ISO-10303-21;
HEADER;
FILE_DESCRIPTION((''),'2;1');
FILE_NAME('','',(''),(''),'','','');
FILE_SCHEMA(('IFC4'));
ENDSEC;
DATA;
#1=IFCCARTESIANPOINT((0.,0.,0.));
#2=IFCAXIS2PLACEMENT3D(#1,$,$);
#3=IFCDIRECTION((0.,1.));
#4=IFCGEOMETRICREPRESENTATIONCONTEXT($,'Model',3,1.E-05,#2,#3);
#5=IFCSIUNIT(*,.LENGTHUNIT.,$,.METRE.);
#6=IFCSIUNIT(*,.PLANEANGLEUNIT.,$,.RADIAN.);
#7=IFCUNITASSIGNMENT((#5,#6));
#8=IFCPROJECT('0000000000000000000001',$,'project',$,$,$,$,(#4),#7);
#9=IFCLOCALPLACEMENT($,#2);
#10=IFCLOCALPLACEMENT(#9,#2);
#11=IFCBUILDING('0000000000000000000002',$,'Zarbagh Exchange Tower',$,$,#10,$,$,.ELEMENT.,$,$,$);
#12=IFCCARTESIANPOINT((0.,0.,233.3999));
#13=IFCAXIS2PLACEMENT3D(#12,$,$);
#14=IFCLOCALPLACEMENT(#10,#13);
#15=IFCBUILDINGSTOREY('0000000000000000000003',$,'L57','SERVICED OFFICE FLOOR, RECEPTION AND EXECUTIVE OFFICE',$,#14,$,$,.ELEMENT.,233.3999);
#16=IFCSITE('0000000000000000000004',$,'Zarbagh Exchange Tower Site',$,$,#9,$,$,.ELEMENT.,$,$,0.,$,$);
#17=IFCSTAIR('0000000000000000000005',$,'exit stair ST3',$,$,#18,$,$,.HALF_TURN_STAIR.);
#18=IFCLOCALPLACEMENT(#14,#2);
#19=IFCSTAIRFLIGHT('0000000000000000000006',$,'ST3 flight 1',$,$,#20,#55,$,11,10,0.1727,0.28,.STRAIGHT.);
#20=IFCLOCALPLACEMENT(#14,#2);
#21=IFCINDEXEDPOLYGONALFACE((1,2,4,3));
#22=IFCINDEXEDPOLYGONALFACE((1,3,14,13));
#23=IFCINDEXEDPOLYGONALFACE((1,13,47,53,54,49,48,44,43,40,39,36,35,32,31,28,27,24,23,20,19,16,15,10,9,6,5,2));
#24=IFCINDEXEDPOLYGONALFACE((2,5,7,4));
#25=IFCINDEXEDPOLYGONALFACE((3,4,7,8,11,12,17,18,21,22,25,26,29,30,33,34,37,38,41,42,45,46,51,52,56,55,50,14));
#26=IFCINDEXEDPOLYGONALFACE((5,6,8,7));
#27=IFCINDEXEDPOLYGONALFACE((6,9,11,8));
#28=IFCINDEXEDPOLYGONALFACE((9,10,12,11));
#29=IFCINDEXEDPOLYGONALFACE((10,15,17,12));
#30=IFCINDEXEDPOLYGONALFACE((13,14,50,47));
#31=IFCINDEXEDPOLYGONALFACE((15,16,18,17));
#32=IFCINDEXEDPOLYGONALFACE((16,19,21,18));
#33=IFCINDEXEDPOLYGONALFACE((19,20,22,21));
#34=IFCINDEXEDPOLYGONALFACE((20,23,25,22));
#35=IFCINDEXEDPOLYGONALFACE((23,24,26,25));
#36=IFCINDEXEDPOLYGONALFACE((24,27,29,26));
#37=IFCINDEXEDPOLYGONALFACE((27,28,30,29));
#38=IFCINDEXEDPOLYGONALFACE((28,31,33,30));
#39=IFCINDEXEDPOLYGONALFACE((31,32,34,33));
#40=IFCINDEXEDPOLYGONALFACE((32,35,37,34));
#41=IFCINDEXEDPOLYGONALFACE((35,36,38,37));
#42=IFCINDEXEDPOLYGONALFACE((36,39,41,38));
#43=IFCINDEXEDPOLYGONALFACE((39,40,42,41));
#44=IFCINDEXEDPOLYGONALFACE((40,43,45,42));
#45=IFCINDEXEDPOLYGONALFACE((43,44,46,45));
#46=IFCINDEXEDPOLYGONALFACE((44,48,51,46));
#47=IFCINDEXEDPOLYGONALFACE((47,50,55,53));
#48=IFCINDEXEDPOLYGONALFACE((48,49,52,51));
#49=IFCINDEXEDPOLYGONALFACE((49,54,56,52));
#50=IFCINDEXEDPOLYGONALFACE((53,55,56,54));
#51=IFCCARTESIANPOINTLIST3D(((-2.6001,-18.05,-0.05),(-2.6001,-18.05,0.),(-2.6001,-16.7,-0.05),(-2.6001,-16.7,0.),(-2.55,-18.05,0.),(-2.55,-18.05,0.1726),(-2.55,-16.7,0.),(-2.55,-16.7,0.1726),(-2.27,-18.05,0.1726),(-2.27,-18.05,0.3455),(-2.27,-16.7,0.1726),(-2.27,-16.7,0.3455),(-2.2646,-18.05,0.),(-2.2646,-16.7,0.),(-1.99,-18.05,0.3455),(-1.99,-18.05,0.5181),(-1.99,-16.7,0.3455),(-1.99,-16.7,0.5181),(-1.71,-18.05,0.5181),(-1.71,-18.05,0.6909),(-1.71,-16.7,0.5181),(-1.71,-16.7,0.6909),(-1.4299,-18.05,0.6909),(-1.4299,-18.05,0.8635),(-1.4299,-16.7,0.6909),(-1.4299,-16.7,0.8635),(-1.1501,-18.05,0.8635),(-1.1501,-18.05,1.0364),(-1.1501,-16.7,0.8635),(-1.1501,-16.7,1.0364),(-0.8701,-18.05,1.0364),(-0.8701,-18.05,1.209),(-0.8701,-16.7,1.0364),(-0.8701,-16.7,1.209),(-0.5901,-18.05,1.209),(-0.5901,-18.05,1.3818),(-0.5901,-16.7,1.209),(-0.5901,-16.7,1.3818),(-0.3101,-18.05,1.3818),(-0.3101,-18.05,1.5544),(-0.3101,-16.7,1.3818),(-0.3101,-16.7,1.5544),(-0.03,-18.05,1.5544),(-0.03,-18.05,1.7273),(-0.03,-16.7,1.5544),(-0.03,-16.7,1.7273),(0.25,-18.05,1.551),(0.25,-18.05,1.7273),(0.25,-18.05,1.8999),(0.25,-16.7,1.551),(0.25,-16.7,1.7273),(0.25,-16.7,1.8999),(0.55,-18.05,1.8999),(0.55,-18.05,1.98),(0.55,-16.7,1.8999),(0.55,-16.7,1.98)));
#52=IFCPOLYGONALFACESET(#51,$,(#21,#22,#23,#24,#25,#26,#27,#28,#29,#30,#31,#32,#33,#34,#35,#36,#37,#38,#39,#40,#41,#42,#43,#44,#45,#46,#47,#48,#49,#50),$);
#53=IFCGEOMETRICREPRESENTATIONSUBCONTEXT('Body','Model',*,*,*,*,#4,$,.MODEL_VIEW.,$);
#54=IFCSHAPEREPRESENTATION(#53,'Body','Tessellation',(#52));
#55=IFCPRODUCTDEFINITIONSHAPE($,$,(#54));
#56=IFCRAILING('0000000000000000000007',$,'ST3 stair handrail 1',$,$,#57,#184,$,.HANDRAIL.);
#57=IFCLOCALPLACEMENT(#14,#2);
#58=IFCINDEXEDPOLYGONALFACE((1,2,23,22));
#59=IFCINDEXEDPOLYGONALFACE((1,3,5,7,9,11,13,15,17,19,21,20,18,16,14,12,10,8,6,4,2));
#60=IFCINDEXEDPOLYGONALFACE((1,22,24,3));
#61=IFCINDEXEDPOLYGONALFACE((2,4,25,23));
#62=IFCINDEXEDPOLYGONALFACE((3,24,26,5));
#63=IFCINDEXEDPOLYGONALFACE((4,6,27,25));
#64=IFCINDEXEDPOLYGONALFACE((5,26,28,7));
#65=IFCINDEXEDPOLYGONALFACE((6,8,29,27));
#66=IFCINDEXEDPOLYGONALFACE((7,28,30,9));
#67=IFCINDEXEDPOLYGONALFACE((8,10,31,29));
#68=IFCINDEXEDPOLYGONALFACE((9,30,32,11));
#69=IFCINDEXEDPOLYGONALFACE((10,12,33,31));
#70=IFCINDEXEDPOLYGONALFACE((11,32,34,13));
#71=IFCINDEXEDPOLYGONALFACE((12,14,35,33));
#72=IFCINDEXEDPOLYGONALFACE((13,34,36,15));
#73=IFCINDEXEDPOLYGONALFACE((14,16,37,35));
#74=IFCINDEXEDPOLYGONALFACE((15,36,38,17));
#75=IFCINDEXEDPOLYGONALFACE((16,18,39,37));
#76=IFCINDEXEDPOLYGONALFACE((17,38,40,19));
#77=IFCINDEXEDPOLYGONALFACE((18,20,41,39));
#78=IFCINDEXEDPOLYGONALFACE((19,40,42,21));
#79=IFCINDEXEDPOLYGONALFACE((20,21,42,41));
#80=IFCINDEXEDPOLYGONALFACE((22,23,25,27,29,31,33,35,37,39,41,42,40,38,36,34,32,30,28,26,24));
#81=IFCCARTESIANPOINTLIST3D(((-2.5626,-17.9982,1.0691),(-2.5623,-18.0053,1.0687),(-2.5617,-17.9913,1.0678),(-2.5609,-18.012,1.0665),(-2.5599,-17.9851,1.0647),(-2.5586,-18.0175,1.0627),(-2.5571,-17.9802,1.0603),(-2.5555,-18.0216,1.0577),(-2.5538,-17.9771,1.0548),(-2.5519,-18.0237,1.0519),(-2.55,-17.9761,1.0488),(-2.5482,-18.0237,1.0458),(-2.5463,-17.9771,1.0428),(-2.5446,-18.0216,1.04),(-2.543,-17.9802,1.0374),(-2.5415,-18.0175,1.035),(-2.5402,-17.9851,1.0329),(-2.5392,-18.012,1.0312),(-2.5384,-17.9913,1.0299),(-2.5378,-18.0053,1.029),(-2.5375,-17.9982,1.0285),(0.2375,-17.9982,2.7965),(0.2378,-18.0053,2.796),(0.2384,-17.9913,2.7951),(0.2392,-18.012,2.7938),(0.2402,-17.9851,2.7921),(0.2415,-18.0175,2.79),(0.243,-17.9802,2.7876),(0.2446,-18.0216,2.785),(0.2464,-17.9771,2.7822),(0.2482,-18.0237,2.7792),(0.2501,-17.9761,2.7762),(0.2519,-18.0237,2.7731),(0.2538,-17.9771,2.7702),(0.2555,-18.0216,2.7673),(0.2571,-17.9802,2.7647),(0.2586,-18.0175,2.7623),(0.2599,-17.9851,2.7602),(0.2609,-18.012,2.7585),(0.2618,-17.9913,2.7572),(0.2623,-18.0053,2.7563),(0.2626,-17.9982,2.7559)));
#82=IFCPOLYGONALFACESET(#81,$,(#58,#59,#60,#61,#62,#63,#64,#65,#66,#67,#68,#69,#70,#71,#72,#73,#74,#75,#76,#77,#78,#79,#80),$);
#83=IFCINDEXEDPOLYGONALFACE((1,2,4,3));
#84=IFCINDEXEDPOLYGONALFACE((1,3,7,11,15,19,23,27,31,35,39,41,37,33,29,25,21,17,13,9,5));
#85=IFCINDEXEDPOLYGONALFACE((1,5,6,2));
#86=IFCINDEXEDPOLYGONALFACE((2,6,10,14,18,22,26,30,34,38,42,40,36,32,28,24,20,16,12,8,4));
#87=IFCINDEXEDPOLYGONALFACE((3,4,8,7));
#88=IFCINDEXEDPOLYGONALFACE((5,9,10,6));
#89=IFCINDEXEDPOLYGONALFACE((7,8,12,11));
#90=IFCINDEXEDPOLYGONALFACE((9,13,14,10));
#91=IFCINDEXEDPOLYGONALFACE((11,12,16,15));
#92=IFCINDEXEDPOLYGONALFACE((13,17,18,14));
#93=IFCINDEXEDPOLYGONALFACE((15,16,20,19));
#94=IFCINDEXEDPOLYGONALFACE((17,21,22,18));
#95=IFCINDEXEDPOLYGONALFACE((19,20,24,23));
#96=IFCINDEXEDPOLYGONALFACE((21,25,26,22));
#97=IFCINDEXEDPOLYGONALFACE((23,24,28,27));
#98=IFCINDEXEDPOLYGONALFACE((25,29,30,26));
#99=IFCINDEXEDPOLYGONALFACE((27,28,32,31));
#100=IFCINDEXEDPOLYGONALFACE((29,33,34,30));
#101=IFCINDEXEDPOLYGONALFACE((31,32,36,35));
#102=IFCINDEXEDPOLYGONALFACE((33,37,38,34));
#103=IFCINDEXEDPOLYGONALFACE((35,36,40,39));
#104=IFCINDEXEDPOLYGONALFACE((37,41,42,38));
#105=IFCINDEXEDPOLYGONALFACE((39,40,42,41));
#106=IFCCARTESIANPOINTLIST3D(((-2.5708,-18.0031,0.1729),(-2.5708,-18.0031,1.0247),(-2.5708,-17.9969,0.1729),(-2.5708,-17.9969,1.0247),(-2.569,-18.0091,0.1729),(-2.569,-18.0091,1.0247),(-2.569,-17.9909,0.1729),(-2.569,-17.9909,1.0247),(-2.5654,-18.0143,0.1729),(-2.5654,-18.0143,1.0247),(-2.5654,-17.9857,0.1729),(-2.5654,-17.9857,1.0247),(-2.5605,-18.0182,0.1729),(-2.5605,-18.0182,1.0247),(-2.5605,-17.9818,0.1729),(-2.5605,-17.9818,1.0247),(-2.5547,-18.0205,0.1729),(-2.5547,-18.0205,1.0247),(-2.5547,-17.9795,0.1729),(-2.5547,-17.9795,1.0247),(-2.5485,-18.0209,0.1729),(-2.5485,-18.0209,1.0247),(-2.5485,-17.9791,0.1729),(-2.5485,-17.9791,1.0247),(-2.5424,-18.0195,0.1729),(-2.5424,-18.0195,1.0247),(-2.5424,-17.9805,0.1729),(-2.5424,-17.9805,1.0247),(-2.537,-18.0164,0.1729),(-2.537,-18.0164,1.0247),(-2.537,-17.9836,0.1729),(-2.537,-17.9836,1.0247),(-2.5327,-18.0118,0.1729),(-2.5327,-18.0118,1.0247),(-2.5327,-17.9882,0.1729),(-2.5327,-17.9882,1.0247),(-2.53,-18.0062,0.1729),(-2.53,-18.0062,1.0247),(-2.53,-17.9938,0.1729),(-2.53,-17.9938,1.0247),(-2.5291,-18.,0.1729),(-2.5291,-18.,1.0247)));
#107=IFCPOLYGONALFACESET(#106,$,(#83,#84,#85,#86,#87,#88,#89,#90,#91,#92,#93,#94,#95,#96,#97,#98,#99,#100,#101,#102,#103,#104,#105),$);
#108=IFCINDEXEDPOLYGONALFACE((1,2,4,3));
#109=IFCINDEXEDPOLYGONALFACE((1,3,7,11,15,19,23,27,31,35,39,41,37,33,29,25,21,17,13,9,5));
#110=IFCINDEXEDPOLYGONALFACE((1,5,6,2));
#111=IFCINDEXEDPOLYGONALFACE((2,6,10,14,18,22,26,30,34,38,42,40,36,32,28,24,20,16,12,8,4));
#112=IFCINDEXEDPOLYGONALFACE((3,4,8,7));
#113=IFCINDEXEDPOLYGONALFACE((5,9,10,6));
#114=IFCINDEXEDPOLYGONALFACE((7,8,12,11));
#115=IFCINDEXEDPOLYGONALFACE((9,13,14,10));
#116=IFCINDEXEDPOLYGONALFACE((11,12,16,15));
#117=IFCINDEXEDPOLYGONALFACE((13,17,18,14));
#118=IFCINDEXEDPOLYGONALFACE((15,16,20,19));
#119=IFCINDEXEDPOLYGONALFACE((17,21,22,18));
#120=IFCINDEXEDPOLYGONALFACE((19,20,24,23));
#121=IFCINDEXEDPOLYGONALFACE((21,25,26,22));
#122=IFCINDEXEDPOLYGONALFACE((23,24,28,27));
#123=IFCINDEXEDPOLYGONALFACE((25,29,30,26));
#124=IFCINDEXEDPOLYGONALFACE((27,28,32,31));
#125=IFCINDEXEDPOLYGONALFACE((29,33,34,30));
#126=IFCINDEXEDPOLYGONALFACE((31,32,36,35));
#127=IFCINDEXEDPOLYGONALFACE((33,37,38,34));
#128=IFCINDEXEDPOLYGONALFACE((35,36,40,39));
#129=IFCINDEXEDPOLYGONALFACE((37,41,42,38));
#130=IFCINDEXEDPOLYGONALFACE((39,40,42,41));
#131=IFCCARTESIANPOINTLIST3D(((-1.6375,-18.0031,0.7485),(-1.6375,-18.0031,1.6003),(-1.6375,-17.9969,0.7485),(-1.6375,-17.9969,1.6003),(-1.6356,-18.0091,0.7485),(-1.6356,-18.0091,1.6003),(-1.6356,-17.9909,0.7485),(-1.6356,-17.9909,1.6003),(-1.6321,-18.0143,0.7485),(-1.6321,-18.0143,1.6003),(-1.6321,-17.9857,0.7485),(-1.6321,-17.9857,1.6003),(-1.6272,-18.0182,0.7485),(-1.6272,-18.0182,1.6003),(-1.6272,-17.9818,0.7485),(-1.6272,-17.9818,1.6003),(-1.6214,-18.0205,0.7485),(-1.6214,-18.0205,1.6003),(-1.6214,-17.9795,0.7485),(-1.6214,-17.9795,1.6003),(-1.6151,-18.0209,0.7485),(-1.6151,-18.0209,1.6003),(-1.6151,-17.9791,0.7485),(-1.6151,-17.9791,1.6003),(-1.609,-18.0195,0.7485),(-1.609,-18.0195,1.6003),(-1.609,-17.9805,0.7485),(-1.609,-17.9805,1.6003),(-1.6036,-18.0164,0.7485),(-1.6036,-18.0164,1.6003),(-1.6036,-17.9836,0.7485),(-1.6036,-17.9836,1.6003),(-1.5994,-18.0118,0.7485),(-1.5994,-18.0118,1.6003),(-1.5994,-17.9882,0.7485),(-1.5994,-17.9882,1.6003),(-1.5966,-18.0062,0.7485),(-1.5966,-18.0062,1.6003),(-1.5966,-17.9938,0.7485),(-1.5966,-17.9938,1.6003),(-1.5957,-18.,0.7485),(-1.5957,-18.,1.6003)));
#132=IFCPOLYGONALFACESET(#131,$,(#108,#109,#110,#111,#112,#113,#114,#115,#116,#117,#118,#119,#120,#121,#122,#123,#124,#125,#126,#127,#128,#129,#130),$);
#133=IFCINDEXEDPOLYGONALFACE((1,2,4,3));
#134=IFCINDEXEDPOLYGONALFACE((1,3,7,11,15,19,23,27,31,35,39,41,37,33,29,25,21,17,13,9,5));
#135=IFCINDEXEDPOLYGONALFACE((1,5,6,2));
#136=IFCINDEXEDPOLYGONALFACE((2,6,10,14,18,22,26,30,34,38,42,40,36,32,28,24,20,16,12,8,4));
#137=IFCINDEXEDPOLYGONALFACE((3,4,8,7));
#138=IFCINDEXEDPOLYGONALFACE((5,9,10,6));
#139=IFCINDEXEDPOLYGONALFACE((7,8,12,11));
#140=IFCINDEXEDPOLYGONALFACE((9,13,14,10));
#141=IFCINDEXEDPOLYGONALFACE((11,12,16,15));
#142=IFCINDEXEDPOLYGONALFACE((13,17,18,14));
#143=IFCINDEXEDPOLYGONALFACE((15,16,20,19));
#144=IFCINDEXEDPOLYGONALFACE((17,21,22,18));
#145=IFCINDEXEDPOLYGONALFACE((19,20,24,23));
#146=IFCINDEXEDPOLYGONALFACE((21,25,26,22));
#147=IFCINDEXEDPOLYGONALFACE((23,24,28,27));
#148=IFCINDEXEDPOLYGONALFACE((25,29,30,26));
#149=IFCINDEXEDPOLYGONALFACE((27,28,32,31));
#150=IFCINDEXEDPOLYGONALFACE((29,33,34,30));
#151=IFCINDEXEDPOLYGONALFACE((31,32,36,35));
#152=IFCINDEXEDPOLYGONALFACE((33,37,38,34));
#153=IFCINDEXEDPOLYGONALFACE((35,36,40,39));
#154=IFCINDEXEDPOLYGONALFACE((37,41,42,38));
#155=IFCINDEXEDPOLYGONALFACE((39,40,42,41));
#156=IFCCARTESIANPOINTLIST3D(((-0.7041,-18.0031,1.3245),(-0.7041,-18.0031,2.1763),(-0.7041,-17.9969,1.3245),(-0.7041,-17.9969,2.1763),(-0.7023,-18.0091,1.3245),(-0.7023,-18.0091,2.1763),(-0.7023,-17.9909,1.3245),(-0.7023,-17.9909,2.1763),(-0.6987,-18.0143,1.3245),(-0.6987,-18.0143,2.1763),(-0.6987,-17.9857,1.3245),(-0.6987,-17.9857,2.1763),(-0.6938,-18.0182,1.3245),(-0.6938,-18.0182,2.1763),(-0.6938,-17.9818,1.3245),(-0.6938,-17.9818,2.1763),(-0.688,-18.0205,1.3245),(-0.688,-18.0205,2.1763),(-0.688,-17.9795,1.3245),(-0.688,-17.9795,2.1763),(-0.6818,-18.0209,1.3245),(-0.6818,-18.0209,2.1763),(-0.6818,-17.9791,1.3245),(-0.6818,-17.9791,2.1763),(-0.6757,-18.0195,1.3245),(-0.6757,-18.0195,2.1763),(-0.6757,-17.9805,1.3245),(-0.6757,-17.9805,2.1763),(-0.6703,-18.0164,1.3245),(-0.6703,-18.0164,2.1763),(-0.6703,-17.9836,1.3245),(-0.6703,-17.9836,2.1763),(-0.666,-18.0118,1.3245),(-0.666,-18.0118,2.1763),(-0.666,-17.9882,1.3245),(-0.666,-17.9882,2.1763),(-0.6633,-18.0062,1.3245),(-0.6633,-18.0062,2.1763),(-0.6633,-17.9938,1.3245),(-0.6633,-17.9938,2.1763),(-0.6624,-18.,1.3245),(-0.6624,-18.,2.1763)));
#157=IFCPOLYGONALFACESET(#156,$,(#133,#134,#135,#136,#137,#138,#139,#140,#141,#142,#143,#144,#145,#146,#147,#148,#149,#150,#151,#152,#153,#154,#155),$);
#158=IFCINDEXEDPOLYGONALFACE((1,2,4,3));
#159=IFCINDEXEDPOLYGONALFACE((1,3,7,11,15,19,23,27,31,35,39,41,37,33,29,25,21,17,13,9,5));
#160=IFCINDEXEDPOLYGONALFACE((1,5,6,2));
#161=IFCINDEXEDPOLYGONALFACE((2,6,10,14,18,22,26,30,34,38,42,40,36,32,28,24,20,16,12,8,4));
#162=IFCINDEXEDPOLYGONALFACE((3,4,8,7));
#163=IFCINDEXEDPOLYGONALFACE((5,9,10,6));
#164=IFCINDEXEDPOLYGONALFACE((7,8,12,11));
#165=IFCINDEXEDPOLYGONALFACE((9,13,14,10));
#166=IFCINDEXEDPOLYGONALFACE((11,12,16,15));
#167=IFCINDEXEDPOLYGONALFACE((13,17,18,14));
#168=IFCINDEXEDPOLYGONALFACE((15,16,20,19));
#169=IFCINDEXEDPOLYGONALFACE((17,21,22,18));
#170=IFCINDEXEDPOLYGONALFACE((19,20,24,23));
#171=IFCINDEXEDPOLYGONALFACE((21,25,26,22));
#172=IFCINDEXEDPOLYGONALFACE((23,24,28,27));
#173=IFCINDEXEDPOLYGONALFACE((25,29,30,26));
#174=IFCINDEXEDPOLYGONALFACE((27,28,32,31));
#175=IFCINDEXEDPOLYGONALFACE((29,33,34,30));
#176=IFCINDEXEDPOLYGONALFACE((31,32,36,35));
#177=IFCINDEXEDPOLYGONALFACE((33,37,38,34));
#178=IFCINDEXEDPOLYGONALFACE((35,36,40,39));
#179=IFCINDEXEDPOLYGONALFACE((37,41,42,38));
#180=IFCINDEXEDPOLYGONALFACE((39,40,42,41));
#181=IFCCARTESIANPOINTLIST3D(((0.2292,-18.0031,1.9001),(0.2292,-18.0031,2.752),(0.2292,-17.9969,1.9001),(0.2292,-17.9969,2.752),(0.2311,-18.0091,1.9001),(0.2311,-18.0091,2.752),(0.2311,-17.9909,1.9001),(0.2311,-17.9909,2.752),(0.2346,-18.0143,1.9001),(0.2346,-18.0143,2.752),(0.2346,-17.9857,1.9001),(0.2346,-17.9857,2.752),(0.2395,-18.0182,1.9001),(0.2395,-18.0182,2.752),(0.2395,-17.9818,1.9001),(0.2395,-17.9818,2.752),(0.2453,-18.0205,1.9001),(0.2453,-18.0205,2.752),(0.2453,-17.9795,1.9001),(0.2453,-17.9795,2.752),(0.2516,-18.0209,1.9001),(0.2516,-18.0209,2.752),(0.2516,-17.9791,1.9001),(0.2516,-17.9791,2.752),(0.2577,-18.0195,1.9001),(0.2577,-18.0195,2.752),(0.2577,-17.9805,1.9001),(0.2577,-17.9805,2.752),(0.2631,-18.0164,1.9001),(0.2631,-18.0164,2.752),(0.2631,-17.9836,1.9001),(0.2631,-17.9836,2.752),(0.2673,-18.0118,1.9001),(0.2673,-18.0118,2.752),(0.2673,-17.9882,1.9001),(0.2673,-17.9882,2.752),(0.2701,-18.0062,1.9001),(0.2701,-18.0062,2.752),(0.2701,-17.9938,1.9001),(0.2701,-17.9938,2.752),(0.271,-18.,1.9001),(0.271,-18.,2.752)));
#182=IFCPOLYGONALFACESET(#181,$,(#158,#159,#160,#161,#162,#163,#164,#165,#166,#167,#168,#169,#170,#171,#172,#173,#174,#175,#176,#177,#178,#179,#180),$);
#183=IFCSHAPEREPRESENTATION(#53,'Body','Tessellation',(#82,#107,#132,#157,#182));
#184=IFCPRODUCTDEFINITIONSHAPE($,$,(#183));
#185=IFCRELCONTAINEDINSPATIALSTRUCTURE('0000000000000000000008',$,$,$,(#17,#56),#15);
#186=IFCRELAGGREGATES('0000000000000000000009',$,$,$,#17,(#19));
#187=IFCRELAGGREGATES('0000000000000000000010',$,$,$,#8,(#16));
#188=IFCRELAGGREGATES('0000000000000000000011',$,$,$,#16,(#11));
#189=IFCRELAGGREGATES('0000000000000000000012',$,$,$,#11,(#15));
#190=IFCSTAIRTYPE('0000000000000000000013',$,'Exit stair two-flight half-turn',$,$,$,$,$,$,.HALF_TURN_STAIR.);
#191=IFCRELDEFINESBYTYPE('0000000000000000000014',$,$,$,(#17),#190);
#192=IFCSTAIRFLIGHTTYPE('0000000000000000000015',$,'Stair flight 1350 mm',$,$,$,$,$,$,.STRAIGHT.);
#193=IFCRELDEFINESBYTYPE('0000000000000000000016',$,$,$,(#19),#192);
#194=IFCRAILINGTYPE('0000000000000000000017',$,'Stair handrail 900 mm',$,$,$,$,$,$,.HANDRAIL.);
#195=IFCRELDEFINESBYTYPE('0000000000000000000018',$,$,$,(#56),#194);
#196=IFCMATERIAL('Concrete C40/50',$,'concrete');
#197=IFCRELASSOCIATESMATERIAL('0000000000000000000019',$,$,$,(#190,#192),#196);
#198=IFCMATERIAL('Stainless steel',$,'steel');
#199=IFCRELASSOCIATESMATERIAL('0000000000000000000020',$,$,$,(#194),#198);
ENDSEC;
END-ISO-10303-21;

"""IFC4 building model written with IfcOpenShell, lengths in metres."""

from ifc_helpers import new_model, si_unit, direction, frame, origin, origin_2d, place, context, subcontext, project, spatial, polyline, circle, outline, extrude, material, type_object, element, aggregate, save


model = new_model("IFC4")

# Units and contexts
model_context = context("Model", 3, precision=1e-05, world=origin(), true_north=direction((0.0, 1.0)))
body_context = subcontext(model_context, "Body", "Model", "MODEL_VIEW")
ifc_project = project(units=[si_unit("LENGTHUNIT", "METRE"), si_unit("PLANEANGLEUNIT", "RADIAN")], contexts=[model_context])

# Site, building, storey
site_placement = place(None, origin())
site = spatial("IfcSite", under=ifc_project, at=site_placement, Name="Zarbagh Exchange Tower Site", CompositionType="ELEMENT", RefElevation=0.0)
building_placement = place(site_placement, origin())
building = spatial("IfcBuilding", under=site, at=building_placement, Name="Zarbagh Exchange Tower", CompositionType="ELEMENT")
storey_placement = place(building_placement, frame((0.0, 0.0, 233.3999)))
storey = spatial("IfcBuildingStorey", under=building, at=storey_placement, Name="L57", Description="SERVICED OFFICE FLOOR, RECEPTION AND EXECUTIVE OFFICE", CompositionType="ELEMENT", Elevation=233.3999)

# Stair, stair flight
ifc_material_1 = material(Name="Concrete C40/50", Category="concrete")
stair_type = type_object("IfcStairType", Name="Exit stair two-flight half-turn", PredefinedType="HALF_TURN_STAIR", material=ifc_material_1)
stair_placement = place(storey_placement, origin())
stair = element("IfcStair", 1, at=stair_placement, inside=storey, type_object=stair_type, Name="exit stair ST3", PredefinedType="HALF_TURN_STAIR")
stair_flight_type = type_object("IfcStairFlightType", Name="Stair flight 1350 mm", PredefinedType="STRAIGHT", material=ifc_material_1)
stair_flight_placement = place(storey_placement, frame((-2.55, -17.375, 0.0), z_axis=(0.0, 0.0, 1.0), x_axis=(1.0, 0.0, 0.0)))
stair_flight = element("IfcStairFlight", 2, at=stair_flight_placement, type_object=stair_flight_type, Name="ST3 flight 1", NumberOfRisers=11, NumberOfTreads=10, PredefinedType="STRAIGHT", RiserHeight=0.1727, TreadLength=0.28, context=body_context, shape_type="SweptSolid", body=[
    extrude(outline(polyline([(-0.05, -0.05), (-0.05, 0.0), (0.0, 0.0), (0.0, 0.1726), (0.28, 0.1726), (0.28, 0.3455), (0.5601, 0.3455), (0.5601, 0.5181), (0.8401, 0.5181), (0.8401, 0.6909), (1.1201, 0.6909), (1.1201, 0.8635), (1.3999, 0.8635), (1.3999, 1.0364), (1.6799, 1.0364), (1.6799, 1.209), (1.96, 1.209), (1.96, 1.3818), (2.24, 1.3818), (2.24, 1.5544), (2.52, 1.5544), (2.52, 1.7273), (2.8, 1.7273), (2.8, 1.8999), (3.1001, 1.98), (3.1001, 1.8999), (2.8, 1.551), (0.2854, 0.0), (-0.05, -0.05)])), frame((0.0, 0.675, 0.0), z_axis=(0.0, -1.0, 0.0), x_axis=(1.0, 0.0, 0.0)), (0.0, 0.0, 1.0), 1.3501),
])
aggregate(stair, [stair_flight])

# Railing
ifc_material_2 = material(Name="Stainless steel", Category="steel")
railing_type_1 = type_object("IfcRailingType", Name="Stair handrail 900 mm", PredefinedType="HANDRAIL", material=ifc_material_2)
railing_1_placement = place(storey_placement, frame((-2.55, -18.0, 0.1729)))
element("IfcRailing", 3, at=railing_1_placement, inside=storey, type_object=railing_type_1, Name="ST3 stair handrail 1", PredefinedType="HANDRAIL", context=body_context, shape_type="SweptSolid", body=[
    extrude(circle(Radius=0.0239, at=origin_2d()), frame((0.0, 0.0, 0.876), z_axis=(0.85109, 0.0, 0.52502), x_axis=(0.0, 1.0, 0.0)), (0.0, 0.0, 1.0), 3.29),
    extrude(circle(Radius=0.021, at=origin_2d()), origin(), (0.0, 0.0, 1.0), 0.8518),
    extrude(circle(Radius=0.021, at=origin_2d()), frame((0.9333, 0.0, 0.5757)), (0.0, 0.0, 1.0), 0.8518),
    extrude(circle(Radius=0.021, at=origin_2d()), frame((1.8667, 0.0, 1.1516)), (0.0, 0.0, 1.0), 0.8518),
    extrude(circle(Radius=0.021, at=origin_2d()), frame((2.8, 0.0, 1.7273)), (0.0, 0.0, 1.0), 0.8518),
])

save(model, "model.ifc")
